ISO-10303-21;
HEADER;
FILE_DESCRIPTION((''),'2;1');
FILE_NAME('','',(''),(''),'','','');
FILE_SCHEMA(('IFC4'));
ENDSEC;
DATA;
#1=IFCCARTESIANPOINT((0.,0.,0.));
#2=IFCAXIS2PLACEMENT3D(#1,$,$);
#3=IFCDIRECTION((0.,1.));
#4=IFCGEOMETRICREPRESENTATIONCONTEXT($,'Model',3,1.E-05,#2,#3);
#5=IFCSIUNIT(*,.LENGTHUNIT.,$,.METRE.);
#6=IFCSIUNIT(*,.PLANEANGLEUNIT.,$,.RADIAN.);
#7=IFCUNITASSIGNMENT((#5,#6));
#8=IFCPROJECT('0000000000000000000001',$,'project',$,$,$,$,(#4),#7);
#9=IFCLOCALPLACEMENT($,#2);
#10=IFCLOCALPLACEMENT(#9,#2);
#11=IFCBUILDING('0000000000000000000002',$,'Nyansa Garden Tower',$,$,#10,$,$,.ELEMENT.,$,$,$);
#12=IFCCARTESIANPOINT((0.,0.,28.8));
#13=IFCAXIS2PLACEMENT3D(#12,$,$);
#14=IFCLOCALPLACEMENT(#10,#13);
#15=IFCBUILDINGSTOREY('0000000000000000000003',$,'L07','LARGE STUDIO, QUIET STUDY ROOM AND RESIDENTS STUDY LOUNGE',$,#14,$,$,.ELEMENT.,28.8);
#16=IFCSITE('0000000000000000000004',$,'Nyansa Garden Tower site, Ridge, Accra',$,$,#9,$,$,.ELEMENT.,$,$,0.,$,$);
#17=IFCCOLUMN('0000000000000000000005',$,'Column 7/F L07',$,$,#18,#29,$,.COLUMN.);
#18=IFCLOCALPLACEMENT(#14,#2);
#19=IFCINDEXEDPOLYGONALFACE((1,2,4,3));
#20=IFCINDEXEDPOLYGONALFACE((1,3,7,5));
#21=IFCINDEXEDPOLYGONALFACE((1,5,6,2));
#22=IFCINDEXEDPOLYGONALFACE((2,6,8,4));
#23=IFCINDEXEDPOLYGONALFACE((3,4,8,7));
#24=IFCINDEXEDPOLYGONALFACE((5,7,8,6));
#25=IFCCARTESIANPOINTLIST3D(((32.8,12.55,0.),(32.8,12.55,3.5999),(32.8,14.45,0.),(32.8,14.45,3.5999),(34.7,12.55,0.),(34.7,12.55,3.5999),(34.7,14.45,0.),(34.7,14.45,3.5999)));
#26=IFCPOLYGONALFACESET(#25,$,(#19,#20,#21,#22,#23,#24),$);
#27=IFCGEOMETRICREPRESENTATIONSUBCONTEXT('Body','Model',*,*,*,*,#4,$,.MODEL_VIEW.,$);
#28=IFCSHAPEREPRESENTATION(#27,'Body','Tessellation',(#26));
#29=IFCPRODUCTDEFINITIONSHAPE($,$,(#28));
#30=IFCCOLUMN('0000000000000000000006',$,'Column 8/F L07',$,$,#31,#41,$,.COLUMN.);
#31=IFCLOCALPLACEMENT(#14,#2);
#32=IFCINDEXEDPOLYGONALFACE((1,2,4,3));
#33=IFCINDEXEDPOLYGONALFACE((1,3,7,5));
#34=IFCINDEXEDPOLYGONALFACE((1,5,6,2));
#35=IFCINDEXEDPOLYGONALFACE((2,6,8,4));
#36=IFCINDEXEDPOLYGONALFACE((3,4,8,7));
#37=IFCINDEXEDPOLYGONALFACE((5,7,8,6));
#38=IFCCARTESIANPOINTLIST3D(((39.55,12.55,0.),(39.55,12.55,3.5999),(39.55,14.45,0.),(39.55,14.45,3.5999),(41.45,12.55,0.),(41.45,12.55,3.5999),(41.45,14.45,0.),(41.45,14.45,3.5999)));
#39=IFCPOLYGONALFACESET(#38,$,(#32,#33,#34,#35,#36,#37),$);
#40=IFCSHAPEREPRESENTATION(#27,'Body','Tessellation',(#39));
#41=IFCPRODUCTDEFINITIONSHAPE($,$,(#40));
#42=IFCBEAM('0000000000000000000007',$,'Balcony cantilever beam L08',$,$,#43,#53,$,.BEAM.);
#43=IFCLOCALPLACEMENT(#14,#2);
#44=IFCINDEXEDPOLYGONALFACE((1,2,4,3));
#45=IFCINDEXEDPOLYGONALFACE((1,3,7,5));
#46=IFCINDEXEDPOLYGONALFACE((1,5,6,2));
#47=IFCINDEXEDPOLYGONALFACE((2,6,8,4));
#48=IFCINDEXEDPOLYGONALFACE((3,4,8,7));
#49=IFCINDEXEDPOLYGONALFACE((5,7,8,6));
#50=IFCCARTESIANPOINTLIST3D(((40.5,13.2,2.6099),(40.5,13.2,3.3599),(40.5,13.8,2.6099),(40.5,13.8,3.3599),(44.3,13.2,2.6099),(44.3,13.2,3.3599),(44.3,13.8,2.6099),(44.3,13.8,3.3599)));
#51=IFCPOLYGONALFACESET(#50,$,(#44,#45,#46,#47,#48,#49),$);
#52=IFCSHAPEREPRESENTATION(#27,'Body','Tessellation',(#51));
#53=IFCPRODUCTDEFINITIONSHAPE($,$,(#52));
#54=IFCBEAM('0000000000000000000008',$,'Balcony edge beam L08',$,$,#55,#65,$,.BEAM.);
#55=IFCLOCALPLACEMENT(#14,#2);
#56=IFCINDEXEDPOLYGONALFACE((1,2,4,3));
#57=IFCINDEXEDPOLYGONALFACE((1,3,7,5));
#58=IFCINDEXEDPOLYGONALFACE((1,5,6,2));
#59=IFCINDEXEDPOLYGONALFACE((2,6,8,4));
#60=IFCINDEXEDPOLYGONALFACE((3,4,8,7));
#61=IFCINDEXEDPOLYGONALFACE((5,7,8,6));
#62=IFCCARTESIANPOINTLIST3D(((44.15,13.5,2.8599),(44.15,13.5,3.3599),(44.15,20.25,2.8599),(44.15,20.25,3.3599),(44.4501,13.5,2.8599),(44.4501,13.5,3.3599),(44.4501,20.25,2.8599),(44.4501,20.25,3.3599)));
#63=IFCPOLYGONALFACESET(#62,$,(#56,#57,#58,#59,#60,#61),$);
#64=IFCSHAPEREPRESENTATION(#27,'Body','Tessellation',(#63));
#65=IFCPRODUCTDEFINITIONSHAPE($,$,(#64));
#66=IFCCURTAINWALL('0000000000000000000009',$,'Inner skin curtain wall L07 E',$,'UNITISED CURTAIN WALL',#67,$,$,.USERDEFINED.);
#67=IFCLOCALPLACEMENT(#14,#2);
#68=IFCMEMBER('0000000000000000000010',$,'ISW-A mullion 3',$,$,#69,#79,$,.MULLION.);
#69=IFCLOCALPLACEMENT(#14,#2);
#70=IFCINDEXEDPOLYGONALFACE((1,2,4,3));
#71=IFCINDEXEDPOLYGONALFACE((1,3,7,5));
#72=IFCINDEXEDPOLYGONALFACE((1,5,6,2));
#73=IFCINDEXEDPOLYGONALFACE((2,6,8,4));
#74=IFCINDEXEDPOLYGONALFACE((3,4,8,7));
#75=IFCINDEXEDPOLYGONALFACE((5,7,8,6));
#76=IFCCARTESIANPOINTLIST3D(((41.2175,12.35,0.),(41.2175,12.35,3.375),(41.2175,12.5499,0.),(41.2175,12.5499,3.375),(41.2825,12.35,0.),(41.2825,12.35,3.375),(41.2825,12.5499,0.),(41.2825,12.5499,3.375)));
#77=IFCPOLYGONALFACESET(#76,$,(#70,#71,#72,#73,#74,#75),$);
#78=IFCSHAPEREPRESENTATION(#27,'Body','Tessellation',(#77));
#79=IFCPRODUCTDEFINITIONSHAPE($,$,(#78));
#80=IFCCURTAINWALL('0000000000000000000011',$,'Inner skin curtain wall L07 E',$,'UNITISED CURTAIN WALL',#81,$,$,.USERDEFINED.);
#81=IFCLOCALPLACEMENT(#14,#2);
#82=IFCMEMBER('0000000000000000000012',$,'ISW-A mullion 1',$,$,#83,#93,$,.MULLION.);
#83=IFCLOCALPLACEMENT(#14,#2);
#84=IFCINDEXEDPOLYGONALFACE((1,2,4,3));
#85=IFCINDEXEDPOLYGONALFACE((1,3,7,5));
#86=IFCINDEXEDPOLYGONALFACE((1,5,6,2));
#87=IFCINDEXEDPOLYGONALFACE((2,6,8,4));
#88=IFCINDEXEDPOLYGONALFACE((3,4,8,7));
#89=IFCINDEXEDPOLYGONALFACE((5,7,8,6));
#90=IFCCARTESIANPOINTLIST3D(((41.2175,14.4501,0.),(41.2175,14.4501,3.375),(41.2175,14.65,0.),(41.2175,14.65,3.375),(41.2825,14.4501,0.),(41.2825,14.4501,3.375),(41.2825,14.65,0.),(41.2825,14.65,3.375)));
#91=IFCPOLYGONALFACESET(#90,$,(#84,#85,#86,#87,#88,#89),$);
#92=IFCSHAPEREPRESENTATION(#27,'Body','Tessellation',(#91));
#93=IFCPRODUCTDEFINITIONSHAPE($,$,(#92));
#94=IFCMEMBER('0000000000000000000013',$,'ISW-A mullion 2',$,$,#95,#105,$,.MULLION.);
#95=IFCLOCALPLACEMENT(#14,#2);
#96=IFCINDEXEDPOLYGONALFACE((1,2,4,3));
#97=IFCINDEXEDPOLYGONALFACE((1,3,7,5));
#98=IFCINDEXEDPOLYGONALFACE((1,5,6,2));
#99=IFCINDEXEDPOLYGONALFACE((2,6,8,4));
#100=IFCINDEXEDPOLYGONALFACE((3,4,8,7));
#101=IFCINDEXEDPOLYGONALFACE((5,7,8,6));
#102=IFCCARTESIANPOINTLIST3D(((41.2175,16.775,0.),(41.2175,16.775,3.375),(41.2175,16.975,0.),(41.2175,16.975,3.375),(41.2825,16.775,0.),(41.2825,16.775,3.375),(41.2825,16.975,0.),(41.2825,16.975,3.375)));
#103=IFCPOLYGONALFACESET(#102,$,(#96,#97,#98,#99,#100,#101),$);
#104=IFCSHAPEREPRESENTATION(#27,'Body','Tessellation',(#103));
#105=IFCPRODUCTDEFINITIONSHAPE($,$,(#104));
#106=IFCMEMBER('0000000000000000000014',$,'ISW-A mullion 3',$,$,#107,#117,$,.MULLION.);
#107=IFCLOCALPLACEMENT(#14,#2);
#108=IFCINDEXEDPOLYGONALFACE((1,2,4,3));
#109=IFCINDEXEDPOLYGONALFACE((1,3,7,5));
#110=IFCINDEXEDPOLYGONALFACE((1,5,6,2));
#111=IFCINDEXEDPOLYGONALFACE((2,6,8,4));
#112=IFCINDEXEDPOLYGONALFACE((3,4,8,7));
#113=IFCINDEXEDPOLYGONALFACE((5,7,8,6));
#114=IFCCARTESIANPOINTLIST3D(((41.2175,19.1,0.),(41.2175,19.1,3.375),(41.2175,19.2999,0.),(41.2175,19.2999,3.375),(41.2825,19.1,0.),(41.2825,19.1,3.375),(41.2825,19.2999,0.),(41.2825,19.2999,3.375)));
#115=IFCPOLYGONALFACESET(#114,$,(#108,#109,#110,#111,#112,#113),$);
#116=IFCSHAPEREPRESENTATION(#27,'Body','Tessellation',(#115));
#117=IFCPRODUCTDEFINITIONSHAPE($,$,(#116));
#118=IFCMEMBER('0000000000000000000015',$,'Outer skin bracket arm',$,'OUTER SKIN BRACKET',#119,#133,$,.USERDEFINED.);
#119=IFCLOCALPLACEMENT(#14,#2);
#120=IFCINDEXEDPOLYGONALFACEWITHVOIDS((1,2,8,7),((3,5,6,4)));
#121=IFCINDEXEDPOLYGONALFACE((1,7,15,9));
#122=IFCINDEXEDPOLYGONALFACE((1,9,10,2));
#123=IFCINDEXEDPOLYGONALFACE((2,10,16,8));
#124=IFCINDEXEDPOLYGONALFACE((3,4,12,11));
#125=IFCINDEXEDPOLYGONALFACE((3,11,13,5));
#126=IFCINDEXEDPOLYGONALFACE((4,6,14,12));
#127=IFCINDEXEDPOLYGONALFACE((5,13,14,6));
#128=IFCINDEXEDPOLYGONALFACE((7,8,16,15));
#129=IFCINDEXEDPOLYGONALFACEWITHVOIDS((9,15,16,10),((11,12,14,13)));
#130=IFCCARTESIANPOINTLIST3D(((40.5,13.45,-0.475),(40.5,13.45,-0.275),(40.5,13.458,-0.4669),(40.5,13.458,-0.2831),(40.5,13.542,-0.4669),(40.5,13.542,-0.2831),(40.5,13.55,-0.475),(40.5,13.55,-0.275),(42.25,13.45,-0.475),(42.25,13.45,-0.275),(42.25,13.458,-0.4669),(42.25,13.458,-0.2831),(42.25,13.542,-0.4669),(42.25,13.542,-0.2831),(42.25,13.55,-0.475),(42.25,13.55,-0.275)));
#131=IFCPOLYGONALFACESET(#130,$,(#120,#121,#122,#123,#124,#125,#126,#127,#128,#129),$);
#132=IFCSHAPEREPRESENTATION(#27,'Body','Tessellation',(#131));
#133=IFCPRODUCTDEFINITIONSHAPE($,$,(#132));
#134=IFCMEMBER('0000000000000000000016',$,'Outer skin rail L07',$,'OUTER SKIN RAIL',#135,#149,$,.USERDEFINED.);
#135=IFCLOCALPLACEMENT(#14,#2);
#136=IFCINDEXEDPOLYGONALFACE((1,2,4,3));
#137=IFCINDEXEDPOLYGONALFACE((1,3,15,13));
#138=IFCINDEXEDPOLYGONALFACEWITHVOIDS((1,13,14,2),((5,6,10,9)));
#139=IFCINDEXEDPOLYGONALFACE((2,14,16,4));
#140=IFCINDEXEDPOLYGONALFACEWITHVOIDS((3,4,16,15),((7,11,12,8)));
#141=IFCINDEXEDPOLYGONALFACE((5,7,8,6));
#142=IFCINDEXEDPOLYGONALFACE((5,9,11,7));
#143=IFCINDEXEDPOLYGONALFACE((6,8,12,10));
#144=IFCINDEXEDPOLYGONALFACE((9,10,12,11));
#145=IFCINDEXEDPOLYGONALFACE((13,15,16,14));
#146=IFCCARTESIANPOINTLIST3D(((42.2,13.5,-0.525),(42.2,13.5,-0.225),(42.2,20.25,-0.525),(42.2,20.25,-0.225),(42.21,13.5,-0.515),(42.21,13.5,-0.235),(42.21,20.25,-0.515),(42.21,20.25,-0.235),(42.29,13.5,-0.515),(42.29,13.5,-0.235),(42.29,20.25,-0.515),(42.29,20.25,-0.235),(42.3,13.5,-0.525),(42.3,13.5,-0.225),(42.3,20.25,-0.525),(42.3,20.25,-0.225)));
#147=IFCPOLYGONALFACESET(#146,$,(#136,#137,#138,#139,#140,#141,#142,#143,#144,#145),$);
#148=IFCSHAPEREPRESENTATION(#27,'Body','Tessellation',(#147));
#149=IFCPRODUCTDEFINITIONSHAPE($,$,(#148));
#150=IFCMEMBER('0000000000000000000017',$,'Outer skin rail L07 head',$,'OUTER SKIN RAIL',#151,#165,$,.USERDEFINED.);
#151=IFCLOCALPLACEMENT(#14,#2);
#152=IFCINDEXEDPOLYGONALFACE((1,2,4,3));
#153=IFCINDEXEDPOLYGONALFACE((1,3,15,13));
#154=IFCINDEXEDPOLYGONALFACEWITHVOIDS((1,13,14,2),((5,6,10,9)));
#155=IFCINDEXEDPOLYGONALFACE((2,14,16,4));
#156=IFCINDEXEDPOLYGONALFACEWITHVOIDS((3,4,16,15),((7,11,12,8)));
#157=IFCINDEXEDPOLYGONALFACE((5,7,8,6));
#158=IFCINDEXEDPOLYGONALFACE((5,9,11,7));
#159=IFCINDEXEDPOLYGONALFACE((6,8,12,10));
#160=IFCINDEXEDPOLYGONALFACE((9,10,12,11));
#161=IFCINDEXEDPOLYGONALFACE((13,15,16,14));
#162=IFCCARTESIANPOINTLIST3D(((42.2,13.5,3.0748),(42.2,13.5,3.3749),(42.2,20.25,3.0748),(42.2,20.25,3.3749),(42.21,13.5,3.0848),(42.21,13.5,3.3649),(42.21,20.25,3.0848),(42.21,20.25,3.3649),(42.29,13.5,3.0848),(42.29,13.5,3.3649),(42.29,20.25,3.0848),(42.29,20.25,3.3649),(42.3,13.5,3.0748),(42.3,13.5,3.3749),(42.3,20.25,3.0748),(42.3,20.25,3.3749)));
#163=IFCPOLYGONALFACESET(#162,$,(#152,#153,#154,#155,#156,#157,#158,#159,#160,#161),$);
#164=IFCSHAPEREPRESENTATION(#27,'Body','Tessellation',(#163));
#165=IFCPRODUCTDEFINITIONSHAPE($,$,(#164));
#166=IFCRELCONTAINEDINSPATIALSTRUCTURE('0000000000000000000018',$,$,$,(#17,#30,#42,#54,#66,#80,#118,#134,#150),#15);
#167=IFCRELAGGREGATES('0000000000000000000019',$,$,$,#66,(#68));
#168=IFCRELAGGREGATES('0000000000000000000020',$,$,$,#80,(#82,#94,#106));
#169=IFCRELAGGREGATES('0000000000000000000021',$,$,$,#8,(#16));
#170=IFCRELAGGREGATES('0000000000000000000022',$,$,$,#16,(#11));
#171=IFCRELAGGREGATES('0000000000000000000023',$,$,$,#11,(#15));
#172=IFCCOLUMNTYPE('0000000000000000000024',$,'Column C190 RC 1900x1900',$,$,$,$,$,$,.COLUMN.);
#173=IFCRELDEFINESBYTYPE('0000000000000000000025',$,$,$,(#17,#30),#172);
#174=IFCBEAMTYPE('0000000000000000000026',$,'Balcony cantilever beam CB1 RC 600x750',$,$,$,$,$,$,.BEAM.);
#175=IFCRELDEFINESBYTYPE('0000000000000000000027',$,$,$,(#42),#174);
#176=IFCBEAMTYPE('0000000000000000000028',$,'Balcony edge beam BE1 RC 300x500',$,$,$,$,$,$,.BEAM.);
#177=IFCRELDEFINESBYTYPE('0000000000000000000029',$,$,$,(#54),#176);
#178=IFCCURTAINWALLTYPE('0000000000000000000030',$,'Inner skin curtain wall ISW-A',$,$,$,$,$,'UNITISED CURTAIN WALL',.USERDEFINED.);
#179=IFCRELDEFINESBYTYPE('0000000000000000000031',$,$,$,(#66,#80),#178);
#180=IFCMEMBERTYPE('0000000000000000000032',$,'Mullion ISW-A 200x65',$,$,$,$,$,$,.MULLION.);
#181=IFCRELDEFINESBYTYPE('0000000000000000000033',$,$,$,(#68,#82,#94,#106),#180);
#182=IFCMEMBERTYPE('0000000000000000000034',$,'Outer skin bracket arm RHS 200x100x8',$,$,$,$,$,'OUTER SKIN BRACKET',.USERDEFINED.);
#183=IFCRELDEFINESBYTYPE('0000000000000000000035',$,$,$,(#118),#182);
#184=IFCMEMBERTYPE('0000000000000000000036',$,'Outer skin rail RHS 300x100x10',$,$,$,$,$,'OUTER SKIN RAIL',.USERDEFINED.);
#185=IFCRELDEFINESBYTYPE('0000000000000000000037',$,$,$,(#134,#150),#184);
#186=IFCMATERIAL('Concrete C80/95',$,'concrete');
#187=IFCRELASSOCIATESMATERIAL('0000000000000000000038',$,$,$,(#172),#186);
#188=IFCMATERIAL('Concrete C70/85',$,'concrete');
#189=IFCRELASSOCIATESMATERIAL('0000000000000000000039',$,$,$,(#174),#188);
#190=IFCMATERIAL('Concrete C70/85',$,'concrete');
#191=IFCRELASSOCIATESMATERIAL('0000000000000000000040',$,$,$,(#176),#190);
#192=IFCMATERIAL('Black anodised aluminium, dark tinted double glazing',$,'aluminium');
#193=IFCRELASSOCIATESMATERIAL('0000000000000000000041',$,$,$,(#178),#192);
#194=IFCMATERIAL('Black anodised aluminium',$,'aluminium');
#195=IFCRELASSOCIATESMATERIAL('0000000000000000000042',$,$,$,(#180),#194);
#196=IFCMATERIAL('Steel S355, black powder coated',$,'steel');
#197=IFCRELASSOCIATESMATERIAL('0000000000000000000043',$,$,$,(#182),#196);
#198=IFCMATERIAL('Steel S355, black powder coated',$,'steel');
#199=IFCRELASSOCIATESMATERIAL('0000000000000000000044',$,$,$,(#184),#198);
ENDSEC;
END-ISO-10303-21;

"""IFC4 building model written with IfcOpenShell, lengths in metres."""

from ifc_helpers import new_model, si_unit, direction, frame, origin, origin_2d, place, context, subcontext, project, spatial, rectangle, hollow_rectangle, extrude, material, material_profile, profile_set, type_object, element, aggregate, save


model = new_model("IFC4")

# Units and contexts
model_context = context("Model", 3, precision=1e-05, world=origin(), true_north=direction((0.0, 1.0)))
body_context = subcontext(model_context, "Body", "Model", "MODEL_VIEW")
ifc_project = project(units=[si_unit("LENGTHUNIT", "METRE"), si_unit("PLANEANGLEUNIT", "RADIAN")], contexts=[model_context])

# Site, building, storey
site_placement = place(None, origin())
site = spatial("IfcSite", under=ifc_project, at=site_placement, Name="Nyansa Garden Tower site, Ridge, Accra", CompositionType="ELEMENT", RefElevation=0.0)
building_placement = place(site_placement, origin())
building = spatial("IfcBuilding", under=site, at=building_placement, Name="Nyansa Garden Tower", CompositionType="ELEMENT")
storey_placement = place(building_placement, frame((0.0, 0.0, 28.8)))
storey = spatial("IfcBuildingStorey", under=building, at=storey_placement, Name="L07", Description="LARGE STUDIO, QUIET STUDY ROOM AND RESIDENTS STUDY LOUNGE", CompositionType="ELEMENT", Elevation=28.8)

# Columns
ifc_material_1 = material(Name="Concrete C80/95", Category="concrete")
ifc_material_profile_1 = material_profile(ifc_material_1, rectangle(XDim=1.8999, YDim=1.8999, at=origin_2d()), Name="RC 1900x1900")
ifc_profile_set_1 = profile_set([ifc_material_profile_1], Name="Concrete C80/95")
column_type = type_object("IfcColumnType", Name="Column C190 RC 1900x1900", PredefinedType="COLUMN", material=ifc_profile_set_1)
for number, where, z_axis, x_axis, name in (
    (1, (33.75, 13.5, 0.0), (0.0, 0.0, 1.0), (1.0, 0.0, 0.0), "Column 7/F L07"),
    (2, (40.5, 13.5, 0.0), (0.0, 0.0, 1.0), (1.0, 0.0, 0.0), "Column 8/F L07"),
):
    element("IfcColumn", number, at=place(storey_placement, frame(where, z_axis=z_axis, x_axis=x_axis)), inside=storey, type_object=column_type, Name=name, PredefinedType="COLUMN", context=body_context, shape_type="SweptSolid", body=[
        extrude(rectangle(XDim=1.8999, YDim=1.8999, at=origin_2d()), origin(), (0.0, 0.0, 1.0), 3.5999),
    ])

# Beams
ifc_material_2 = material(Name="Concrete C70/85", Category="concrete")
ifc_material_profile_2 = material_profile(ifc_material_2, rectangle(XDim=0.6001, YDim=0.75, at=origin_2d()), Name="RC 600x750")
ifc_profile_set_2 = profile_set([ifc_material_profile_2], Name="Concrete C70/85")
beam_type_1 = type_object("IfcBeamType", Name="Balcony cantilever beam CB1 RC 600x750", PredefinedType="BEAM", material=ifc_profile_set_2)
beam_1_placement = place(storey_placement, frame((40.5, 13.5, 2.9849), z_axis=(1.0, 0.0, 0.0), x_axis=(0.0, 1.0, 0.0)))
element("IfcBeam", 3, at=beam_1_placement, inside=storey, type_object=beam_type_1, Name="Balcony cantilever beam L08", PredefinedType="BEAM", context=body_context, shape_type="SweptSolid", body=[
    extrude(rectangle(XDim=0.6001, YDim=0.75, at=origin_2d()), origin(), (0.0, 0.0, 1.0), 3.8),
])
ifc_material_3 = material(Name="Concrete C70/85", Category="concrete")
ifc_material_profile_3 = material_profile(ifc_material_3, rectangle(XDim=0.3, YDim=0.5, at=origin_2d()), Name="RC 300x500")
ifc_profile_set_3 = profile_set([ifc_material_profile_3], Name="Concrete C70/85")
beam_type_2 = type_object("IfcBeamType", Name="Balcony edge beam BE1 RC 300x500", PredefinedType="BEAM", material=ifc_profile_set_3)
beam_2_placement = place(storey_placement, frame((44.3, 13.5, 3.1099), z_axis=(0.0, 1.0, 0.0), x_axis=(-1.0, 0.0, 0.0)))
element("IfcBeam", 4, at=beam_2_placement, inside=storey, type_object=beam_type_2, Name="Balcony edge beam L08", PredefinedType="BEAM", context=body_context, shape_type="SweptSolid", body=[
    extrude(rectangle(XDim=0.3, YDim=0.5, at=origin_2d()), origin(), (0.0, 0.0, 1.0), 6.75),
])

# Curtain wall, member
ifc_material_4 = material(Name="Black anodised aluminium, dark tinted double glazing", Category="aluminium")
curtain_wall_type = type_object("IfcCurtainWallType", Name="Inner skin curtain wall ISW-A", ElementType="UNITISED CURTAIN WALL", PredefinedType="USERDEFINED", material=ifc_material_4)
curtain_wall_1_placement = place(storey_placement, origin())
curtain_wall_1 = element("IfcCurtainWall", 5, at=curtain_wall_1_placement, inside=storey, type_object=curtain_wall_type, Name="Inner skin curtain wall L07 E", ObjectType="UNITISED CURTAIN WALL", PredefinedType="USERDEFINED")
ifc_material_5 = material(Name="Black anodised aluminium", Category="aluminium")
ifc_material_profile_4 = material_profile(ifc_material_5, rectangle(XDim=0.0649, YDim=0.2, at=origin_2d()), Name="Mullion 200x65")
ifc_profile_set_4 = profile_set([ifc_material_profile_4], Name="Black anodised aluminium")
member_type_1 = type_object("IfcMemberType", Name="Mullion ISW-A 200x65", PredefinedType="MULLION", material=ifc_profile_set_4)
member_1_placement = place(storey_placement, frame((41.25, 12.45, 0.0), z_axis=(0.0, 0.0, 1.0), x_axis=(-1.0, 0.0, 0.0)))
member_1 = element("IfcMember", 6, at=member_1_placement, type_object=member_type_1, Name="ISW-A mullion 3", PredefinedType="MULLION", context=body_context, shape_type="SweptSolid", body=[
    extrude(rectangle(XDim=0.0649, YDim=0.2, at=origin_2d()), origin(), (0.0, 0.0, 1.0), 3.375),
])
aggregate(curtain_wall_1, [member_1])

# Curtain wall, members
curtain_wall_2_placement = place(storey_placement, origin())
curtain_wall_2 = element("IfcCurtainWall", 7, at=curtain_wall_2_placement, inside=storey, type_object=curtain_wall_type, Name="Inner skin curtain wall L07 E", ObjectType="UNITISED CURTAIN WALL", PredefinedType="USERDEFINED")
member_2_placement = place(storey_placement, frame((41.25, 14.55, 0.0), z_axis=(0.0, 0.0, 1.0), x_axis=(-1.0, 0.0, 0.0)))
member_2 = element("IfcMember", 8, at=member_2_placement, type_object=member_type_1, Name="ISW-A mullion 1", PredefinedType="MULLION", context=body_context, shape_type="SweptSolid", body=[
    extrude(rectangle(XDim=0.0649, YDim=0.2, at=origin_2d()), origin(), (0.0, 0.0, 1.0), 3.375),
])
member_3_placement = place(storey_placement, frame((41.25, 16.875, 0.0), z_axis=(0.0, 0.0, 1.0), x_axis=(-1.0, 0.0, 0.0)))
member_3 = element("IfcMember", 9, at=member_3_placement, type_object=member_type_1, Name="ISW-A mullion 2", PredefinedType="MULLION", context=body_context, shape_type="SweptSolid", body=[
    extrude(rectangle(XDim=0.0649, YDim=0.2, at=origin_2d()), origin(), (0.0, 0.0, 1.0), 3.375),
])
member_4_placement = place(storey_placement, frame((41.25, 19.2, 0.0), z_axis=(0.0, 0.0, 1.0), x_axis=(-1.0, 0.0, 0.0)))
member_4 = element("IfcMember", 10, at=member_4_placement, type_object=member_type_1, Name="ISW-A mullion 3", PredefinedType="MULLION", context=body_context, shape_type="SweptSolid", body=[
    extrude(rectangle(XDim=0.0649, YDim=0.2, at=origin_2d()), origin(), (0.0, 0.0, 1.0), 3.375),
])

# Members
ifc_material_6 = material(Name="Steel S355, black powder coated", Category="steel")
ifc_material_profile_5 = material_profile(ifc_material_6, hollow_rectangle(XDim=0.1001, YDim=0.2, WallThickness=0.0081, at=origin_2d()), Name="RHS 200x100x8")
ifc_profile_set_5 = profile_set([ifc_material_profile_5], Name="Steel S355, black powder coated")
member_type_2 = type_object("IfcMemberType", Name="Outer skin bracket arm RHS 200x100x8", ElementType="OUTER SKIN BRACKET", PredefinedType="USERDEFINED", material=ifc_profile_set_5)
member_5_placement = place(storey_placement, frame((40.5, 13.5, -0.375), z_axis=(1.0, 0.0, 0.0), x_axis=(0.0, 1.0, 0.0)))
element("IfcMember", 11, at=member_5_placement, inside=storey, type_object=member_type_2, Name="Outer skin bracket arm", ObjectType="OUTER SKIN BRACKET", PredefinedType="USERDEFINED", context=body_context, shape_type="SweptSolid", body=[
    extrude(hollow_rectangle(XDim=0.1001, YDim=0.2, WallThickness=0.0081, at=origin_2d()), origin(), (0.0, 0.0, 1.0), 1.75),
])
ifc_material_7 = material(Name="Steel S355, black powder coated", Category="steel")
ifc_material_profile_6 = material_profile(ifc_material_7, hollow_rectangle(XDim=0.1001, YDim=0.3, WallThickness=0.01, at=origin_2d()), Name="RHS 300x100x10")
ifc_profile_set_6 = profile_set([ifc_material_profile_6], Name="Steel S355, black powder coated")
member_type_3 = type_object("IfcMemberType", Name="Outer skin rail RHS 300x100x10", ElementType="OUTER SKIN RAIL", PredefinedType="USERDEFINED", material=ifc_profile_set_6)
for number, where, z_axis, x_axis, name in (
    (12, (42.25, 13.5, -0.375), (0.0, 1.0, 0.0), (-1.0, 0.0, 0.0), "Outer skin rail L07"),
    (13, (42.25, 13.5, 3.2249), (0.0, 1.0, 0.0), (-1.0, 0.0, 0.0), "Outer skin rail L07 head"),
):
    element("IfcMember", number, at=place(storey_placement, frame(where, z_axis=z_axis, x_axis=x_axis)), inside=storey, type_object=member_type_3, Name=name, ObjectType="OUTER SKIN RAIL", PredefinedType="USERDEFINED", context=body_context, shape_type="SweptSolid", body=[
        extrude(hollow_rectangle(XDim=0.1001, YDim=0.3, WallThickness=0.01, at=origin_2d()), origin(), (0.0, 0.0, 1.0), 6.75),
    ])

aggregate(curtain_wall_2, [member_2, member_3, member_4])

save(model, "model.ifc")
